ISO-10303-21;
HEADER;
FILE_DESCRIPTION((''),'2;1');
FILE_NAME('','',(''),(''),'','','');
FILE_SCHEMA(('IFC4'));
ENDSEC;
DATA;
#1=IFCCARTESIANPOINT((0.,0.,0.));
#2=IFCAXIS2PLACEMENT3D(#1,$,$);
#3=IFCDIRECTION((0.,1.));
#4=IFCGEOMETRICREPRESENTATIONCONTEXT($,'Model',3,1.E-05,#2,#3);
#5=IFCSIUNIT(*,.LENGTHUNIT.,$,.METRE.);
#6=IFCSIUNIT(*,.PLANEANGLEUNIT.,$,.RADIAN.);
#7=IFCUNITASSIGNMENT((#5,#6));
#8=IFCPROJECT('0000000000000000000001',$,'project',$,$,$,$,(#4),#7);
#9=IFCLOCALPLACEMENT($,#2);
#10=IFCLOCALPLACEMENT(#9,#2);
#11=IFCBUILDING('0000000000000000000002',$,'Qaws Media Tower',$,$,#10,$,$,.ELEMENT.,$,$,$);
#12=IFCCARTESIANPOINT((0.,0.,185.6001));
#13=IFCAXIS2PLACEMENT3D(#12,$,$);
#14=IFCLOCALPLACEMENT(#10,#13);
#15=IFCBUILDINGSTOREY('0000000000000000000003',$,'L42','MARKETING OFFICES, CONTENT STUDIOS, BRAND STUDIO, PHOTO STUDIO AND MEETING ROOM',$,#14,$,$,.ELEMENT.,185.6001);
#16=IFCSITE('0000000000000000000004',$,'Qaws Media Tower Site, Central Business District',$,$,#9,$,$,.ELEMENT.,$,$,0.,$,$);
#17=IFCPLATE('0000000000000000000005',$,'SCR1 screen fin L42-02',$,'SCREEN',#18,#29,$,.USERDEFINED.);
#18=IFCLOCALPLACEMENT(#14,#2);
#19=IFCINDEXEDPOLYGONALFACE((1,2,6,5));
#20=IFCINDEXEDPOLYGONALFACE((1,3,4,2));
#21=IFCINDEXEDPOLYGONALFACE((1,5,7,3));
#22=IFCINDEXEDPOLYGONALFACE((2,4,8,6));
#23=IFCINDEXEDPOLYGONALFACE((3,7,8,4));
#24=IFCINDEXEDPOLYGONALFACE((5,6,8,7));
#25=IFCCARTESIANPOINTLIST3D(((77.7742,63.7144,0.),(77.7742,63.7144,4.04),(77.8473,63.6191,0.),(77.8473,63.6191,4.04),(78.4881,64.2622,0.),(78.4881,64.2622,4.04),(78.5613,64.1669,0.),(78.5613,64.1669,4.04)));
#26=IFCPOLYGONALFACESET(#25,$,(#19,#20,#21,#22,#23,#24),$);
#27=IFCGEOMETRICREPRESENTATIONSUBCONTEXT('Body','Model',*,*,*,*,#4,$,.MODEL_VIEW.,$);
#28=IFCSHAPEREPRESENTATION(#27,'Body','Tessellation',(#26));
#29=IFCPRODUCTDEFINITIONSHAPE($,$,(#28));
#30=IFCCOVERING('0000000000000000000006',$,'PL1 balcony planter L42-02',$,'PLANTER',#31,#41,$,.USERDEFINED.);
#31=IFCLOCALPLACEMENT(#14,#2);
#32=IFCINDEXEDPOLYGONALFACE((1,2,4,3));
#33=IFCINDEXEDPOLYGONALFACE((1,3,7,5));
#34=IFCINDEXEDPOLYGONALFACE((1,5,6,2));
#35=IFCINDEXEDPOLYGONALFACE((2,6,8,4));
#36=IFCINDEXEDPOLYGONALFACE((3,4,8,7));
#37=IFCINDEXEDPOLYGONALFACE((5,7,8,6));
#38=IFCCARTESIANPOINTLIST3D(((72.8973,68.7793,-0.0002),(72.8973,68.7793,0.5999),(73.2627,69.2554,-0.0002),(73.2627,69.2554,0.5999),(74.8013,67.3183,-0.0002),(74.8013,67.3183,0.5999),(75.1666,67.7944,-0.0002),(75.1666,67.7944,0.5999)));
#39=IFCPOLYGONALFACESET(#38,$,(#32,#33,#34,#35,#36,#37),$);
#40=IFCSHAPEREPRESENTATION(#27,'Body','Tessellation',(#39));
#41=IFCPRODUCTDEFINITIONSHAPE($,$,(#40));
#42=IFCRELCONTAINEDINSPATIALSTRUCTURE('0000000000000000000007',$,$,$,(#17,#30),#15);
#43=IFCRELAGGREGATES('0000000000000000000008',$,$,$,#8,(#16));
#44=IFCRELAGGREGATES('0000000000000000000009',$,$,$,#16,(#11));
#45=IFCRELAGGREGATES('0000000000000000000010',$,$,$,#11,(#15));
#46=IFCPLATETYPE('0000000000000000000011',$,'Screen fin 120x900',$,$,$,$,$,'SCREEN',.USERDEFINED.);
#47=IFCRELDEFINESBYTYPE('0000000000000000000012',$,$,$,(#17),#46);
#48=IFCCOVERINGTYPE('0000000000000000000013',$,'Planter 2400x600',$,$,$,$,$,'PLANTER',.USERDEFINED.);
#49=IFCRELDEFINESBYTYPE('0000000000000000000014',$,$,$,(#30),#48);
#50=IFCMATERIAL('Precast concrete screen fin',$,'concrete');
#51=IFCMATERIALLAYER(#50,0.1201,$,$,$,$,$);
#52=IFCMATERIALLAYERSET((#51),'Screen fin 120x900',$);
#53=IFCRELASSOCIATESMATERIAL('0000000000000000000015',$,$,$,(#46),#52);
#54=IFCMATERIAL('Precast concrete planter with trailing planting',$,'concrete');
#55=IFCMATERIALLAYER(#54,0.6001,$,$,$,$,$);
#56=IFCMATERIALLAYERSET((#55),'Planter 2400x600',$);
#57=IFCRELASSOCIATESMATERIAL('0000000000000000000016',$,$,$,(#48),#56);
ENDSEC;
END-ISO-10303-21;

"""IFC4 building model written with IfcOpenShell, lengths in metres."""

from ifc_helpers import new_model, si_unit, direction, frame, origin, origin_2d, place, context, subcontext, project, spatial, rectangle, extrude, material, layer, layer_set, type_object, element, save


model = new_model("IFC4")

# Units and contexts
model_context = context("Model", 3, precision=1e-05, world=origin(), true_north=direction((0.0, 1.0)))
body_context = subcontext(model_context, "Body", "Model", "MODEL_VIEW")
ifc_project = project(units=[si_unit("LENGTHUNIT", "METRE"), si_unit("PLANEANGLEUNIT", "RADIAN")], contexts=[model_context])

# Site, building, storey
site_placement = place(None, origin())
site = spatial("IfcSite", under=ifc_project, at=site_placement, Name="Qaws Media Tower Site, Central Business District", CompositionType="ELEMENT", RefElevation=0.0)
building_placement = place(site_placement, origin())
building = spatial("IfcBuilding", under=site, at=building_placement, Name="Qaws Media Tower", CompositionType="ELEMENT")
storey_placement = place(building_placement, frame((0.0, 0.0, 185.6001)))
storey = spatial("IfcBuildingStorey", under=building, at=storey_placement, Name="L42", Description="MARKETING OFFICES, CONTENT STUDIOS, BRAND STUDIO, PHOTO STUDIO AND MEETING ROOM", CompositionType="ELEMENT", Elevation=185.6001)

# Plate
ifc_material_1 = material(Name="Precast concrete screen fin", Category="concrete")
ifc_layer_1 = layer(ifc_material_1, 0.1201)
ifc_layer_set_1 = layer_set([ifc_layer_1], Name="Screen fin 120x900")
plate_type_1 = type_object("IfcPlateType", Name="Screen fin 120x900", ElementType="SCREEN", PredefinedType="USERDEFINED", material=ifc_layer_set_1)
plate_1_placement = place(storey_placement, frame((78.1677, 63.9407, 0.0), z_axis=(0.0, 0.0, 1.0), x_axis=(0.793353, 0.608761, 0.0)))
element("IfcPlate", 1, at=plate_1_placement, inside=storey, type_object=plate_type_1, Name="SCR1 screen fin L42-02", ObjectType="SCREEN", PredefinedType="USERDEFINED", context=body_context, shape_type="SweptSolid", body=[
    extrude(rectangle(XDim=0.8999, YDim=0.1201, at=origin_2d()), origin(), (0.0, 0.0, 1.0), 4.04),
])

# Covering
ifc_material_2 = material(Name="Precast concrete planter with trailing planting", Category="concrete")
ifc_layer_2 = layer(ifc_material_2, 0.6001)
ifc_layer_set_2 = layer_set([ifc_layer_2], Name="Planter 2400x600")
covering_type = type_object("IfcCoveringType", Name="Planter 2400x600", ElementType="PLANTER", PredefinedType="USERDEFINED", material=ifc_layer_set_2)
covering_placement = place(storey_placement, frame((74.032, 68.2869, -0.0002), z_axis=(0.0, 0.0, 1.0), x_axis=(-0.793353, 0.608761, 0.0)))
element("IfcCovering", 2, at=covering_placement, inside=storey, type_object=covering_type, Name="PL1 balcony planter L42-02", ObjectType="PLANTER", PredefinedType="USERDEFINED", context=body_context, shape_type="SweptSolid", body=[
    extrude(rectangle(XDim=2.3999, YDim=0.6001, at=origin_2d()), origin(), (0.0, 0.0, 1.0), 0.6001),
])

save(model, "model.ifc")
